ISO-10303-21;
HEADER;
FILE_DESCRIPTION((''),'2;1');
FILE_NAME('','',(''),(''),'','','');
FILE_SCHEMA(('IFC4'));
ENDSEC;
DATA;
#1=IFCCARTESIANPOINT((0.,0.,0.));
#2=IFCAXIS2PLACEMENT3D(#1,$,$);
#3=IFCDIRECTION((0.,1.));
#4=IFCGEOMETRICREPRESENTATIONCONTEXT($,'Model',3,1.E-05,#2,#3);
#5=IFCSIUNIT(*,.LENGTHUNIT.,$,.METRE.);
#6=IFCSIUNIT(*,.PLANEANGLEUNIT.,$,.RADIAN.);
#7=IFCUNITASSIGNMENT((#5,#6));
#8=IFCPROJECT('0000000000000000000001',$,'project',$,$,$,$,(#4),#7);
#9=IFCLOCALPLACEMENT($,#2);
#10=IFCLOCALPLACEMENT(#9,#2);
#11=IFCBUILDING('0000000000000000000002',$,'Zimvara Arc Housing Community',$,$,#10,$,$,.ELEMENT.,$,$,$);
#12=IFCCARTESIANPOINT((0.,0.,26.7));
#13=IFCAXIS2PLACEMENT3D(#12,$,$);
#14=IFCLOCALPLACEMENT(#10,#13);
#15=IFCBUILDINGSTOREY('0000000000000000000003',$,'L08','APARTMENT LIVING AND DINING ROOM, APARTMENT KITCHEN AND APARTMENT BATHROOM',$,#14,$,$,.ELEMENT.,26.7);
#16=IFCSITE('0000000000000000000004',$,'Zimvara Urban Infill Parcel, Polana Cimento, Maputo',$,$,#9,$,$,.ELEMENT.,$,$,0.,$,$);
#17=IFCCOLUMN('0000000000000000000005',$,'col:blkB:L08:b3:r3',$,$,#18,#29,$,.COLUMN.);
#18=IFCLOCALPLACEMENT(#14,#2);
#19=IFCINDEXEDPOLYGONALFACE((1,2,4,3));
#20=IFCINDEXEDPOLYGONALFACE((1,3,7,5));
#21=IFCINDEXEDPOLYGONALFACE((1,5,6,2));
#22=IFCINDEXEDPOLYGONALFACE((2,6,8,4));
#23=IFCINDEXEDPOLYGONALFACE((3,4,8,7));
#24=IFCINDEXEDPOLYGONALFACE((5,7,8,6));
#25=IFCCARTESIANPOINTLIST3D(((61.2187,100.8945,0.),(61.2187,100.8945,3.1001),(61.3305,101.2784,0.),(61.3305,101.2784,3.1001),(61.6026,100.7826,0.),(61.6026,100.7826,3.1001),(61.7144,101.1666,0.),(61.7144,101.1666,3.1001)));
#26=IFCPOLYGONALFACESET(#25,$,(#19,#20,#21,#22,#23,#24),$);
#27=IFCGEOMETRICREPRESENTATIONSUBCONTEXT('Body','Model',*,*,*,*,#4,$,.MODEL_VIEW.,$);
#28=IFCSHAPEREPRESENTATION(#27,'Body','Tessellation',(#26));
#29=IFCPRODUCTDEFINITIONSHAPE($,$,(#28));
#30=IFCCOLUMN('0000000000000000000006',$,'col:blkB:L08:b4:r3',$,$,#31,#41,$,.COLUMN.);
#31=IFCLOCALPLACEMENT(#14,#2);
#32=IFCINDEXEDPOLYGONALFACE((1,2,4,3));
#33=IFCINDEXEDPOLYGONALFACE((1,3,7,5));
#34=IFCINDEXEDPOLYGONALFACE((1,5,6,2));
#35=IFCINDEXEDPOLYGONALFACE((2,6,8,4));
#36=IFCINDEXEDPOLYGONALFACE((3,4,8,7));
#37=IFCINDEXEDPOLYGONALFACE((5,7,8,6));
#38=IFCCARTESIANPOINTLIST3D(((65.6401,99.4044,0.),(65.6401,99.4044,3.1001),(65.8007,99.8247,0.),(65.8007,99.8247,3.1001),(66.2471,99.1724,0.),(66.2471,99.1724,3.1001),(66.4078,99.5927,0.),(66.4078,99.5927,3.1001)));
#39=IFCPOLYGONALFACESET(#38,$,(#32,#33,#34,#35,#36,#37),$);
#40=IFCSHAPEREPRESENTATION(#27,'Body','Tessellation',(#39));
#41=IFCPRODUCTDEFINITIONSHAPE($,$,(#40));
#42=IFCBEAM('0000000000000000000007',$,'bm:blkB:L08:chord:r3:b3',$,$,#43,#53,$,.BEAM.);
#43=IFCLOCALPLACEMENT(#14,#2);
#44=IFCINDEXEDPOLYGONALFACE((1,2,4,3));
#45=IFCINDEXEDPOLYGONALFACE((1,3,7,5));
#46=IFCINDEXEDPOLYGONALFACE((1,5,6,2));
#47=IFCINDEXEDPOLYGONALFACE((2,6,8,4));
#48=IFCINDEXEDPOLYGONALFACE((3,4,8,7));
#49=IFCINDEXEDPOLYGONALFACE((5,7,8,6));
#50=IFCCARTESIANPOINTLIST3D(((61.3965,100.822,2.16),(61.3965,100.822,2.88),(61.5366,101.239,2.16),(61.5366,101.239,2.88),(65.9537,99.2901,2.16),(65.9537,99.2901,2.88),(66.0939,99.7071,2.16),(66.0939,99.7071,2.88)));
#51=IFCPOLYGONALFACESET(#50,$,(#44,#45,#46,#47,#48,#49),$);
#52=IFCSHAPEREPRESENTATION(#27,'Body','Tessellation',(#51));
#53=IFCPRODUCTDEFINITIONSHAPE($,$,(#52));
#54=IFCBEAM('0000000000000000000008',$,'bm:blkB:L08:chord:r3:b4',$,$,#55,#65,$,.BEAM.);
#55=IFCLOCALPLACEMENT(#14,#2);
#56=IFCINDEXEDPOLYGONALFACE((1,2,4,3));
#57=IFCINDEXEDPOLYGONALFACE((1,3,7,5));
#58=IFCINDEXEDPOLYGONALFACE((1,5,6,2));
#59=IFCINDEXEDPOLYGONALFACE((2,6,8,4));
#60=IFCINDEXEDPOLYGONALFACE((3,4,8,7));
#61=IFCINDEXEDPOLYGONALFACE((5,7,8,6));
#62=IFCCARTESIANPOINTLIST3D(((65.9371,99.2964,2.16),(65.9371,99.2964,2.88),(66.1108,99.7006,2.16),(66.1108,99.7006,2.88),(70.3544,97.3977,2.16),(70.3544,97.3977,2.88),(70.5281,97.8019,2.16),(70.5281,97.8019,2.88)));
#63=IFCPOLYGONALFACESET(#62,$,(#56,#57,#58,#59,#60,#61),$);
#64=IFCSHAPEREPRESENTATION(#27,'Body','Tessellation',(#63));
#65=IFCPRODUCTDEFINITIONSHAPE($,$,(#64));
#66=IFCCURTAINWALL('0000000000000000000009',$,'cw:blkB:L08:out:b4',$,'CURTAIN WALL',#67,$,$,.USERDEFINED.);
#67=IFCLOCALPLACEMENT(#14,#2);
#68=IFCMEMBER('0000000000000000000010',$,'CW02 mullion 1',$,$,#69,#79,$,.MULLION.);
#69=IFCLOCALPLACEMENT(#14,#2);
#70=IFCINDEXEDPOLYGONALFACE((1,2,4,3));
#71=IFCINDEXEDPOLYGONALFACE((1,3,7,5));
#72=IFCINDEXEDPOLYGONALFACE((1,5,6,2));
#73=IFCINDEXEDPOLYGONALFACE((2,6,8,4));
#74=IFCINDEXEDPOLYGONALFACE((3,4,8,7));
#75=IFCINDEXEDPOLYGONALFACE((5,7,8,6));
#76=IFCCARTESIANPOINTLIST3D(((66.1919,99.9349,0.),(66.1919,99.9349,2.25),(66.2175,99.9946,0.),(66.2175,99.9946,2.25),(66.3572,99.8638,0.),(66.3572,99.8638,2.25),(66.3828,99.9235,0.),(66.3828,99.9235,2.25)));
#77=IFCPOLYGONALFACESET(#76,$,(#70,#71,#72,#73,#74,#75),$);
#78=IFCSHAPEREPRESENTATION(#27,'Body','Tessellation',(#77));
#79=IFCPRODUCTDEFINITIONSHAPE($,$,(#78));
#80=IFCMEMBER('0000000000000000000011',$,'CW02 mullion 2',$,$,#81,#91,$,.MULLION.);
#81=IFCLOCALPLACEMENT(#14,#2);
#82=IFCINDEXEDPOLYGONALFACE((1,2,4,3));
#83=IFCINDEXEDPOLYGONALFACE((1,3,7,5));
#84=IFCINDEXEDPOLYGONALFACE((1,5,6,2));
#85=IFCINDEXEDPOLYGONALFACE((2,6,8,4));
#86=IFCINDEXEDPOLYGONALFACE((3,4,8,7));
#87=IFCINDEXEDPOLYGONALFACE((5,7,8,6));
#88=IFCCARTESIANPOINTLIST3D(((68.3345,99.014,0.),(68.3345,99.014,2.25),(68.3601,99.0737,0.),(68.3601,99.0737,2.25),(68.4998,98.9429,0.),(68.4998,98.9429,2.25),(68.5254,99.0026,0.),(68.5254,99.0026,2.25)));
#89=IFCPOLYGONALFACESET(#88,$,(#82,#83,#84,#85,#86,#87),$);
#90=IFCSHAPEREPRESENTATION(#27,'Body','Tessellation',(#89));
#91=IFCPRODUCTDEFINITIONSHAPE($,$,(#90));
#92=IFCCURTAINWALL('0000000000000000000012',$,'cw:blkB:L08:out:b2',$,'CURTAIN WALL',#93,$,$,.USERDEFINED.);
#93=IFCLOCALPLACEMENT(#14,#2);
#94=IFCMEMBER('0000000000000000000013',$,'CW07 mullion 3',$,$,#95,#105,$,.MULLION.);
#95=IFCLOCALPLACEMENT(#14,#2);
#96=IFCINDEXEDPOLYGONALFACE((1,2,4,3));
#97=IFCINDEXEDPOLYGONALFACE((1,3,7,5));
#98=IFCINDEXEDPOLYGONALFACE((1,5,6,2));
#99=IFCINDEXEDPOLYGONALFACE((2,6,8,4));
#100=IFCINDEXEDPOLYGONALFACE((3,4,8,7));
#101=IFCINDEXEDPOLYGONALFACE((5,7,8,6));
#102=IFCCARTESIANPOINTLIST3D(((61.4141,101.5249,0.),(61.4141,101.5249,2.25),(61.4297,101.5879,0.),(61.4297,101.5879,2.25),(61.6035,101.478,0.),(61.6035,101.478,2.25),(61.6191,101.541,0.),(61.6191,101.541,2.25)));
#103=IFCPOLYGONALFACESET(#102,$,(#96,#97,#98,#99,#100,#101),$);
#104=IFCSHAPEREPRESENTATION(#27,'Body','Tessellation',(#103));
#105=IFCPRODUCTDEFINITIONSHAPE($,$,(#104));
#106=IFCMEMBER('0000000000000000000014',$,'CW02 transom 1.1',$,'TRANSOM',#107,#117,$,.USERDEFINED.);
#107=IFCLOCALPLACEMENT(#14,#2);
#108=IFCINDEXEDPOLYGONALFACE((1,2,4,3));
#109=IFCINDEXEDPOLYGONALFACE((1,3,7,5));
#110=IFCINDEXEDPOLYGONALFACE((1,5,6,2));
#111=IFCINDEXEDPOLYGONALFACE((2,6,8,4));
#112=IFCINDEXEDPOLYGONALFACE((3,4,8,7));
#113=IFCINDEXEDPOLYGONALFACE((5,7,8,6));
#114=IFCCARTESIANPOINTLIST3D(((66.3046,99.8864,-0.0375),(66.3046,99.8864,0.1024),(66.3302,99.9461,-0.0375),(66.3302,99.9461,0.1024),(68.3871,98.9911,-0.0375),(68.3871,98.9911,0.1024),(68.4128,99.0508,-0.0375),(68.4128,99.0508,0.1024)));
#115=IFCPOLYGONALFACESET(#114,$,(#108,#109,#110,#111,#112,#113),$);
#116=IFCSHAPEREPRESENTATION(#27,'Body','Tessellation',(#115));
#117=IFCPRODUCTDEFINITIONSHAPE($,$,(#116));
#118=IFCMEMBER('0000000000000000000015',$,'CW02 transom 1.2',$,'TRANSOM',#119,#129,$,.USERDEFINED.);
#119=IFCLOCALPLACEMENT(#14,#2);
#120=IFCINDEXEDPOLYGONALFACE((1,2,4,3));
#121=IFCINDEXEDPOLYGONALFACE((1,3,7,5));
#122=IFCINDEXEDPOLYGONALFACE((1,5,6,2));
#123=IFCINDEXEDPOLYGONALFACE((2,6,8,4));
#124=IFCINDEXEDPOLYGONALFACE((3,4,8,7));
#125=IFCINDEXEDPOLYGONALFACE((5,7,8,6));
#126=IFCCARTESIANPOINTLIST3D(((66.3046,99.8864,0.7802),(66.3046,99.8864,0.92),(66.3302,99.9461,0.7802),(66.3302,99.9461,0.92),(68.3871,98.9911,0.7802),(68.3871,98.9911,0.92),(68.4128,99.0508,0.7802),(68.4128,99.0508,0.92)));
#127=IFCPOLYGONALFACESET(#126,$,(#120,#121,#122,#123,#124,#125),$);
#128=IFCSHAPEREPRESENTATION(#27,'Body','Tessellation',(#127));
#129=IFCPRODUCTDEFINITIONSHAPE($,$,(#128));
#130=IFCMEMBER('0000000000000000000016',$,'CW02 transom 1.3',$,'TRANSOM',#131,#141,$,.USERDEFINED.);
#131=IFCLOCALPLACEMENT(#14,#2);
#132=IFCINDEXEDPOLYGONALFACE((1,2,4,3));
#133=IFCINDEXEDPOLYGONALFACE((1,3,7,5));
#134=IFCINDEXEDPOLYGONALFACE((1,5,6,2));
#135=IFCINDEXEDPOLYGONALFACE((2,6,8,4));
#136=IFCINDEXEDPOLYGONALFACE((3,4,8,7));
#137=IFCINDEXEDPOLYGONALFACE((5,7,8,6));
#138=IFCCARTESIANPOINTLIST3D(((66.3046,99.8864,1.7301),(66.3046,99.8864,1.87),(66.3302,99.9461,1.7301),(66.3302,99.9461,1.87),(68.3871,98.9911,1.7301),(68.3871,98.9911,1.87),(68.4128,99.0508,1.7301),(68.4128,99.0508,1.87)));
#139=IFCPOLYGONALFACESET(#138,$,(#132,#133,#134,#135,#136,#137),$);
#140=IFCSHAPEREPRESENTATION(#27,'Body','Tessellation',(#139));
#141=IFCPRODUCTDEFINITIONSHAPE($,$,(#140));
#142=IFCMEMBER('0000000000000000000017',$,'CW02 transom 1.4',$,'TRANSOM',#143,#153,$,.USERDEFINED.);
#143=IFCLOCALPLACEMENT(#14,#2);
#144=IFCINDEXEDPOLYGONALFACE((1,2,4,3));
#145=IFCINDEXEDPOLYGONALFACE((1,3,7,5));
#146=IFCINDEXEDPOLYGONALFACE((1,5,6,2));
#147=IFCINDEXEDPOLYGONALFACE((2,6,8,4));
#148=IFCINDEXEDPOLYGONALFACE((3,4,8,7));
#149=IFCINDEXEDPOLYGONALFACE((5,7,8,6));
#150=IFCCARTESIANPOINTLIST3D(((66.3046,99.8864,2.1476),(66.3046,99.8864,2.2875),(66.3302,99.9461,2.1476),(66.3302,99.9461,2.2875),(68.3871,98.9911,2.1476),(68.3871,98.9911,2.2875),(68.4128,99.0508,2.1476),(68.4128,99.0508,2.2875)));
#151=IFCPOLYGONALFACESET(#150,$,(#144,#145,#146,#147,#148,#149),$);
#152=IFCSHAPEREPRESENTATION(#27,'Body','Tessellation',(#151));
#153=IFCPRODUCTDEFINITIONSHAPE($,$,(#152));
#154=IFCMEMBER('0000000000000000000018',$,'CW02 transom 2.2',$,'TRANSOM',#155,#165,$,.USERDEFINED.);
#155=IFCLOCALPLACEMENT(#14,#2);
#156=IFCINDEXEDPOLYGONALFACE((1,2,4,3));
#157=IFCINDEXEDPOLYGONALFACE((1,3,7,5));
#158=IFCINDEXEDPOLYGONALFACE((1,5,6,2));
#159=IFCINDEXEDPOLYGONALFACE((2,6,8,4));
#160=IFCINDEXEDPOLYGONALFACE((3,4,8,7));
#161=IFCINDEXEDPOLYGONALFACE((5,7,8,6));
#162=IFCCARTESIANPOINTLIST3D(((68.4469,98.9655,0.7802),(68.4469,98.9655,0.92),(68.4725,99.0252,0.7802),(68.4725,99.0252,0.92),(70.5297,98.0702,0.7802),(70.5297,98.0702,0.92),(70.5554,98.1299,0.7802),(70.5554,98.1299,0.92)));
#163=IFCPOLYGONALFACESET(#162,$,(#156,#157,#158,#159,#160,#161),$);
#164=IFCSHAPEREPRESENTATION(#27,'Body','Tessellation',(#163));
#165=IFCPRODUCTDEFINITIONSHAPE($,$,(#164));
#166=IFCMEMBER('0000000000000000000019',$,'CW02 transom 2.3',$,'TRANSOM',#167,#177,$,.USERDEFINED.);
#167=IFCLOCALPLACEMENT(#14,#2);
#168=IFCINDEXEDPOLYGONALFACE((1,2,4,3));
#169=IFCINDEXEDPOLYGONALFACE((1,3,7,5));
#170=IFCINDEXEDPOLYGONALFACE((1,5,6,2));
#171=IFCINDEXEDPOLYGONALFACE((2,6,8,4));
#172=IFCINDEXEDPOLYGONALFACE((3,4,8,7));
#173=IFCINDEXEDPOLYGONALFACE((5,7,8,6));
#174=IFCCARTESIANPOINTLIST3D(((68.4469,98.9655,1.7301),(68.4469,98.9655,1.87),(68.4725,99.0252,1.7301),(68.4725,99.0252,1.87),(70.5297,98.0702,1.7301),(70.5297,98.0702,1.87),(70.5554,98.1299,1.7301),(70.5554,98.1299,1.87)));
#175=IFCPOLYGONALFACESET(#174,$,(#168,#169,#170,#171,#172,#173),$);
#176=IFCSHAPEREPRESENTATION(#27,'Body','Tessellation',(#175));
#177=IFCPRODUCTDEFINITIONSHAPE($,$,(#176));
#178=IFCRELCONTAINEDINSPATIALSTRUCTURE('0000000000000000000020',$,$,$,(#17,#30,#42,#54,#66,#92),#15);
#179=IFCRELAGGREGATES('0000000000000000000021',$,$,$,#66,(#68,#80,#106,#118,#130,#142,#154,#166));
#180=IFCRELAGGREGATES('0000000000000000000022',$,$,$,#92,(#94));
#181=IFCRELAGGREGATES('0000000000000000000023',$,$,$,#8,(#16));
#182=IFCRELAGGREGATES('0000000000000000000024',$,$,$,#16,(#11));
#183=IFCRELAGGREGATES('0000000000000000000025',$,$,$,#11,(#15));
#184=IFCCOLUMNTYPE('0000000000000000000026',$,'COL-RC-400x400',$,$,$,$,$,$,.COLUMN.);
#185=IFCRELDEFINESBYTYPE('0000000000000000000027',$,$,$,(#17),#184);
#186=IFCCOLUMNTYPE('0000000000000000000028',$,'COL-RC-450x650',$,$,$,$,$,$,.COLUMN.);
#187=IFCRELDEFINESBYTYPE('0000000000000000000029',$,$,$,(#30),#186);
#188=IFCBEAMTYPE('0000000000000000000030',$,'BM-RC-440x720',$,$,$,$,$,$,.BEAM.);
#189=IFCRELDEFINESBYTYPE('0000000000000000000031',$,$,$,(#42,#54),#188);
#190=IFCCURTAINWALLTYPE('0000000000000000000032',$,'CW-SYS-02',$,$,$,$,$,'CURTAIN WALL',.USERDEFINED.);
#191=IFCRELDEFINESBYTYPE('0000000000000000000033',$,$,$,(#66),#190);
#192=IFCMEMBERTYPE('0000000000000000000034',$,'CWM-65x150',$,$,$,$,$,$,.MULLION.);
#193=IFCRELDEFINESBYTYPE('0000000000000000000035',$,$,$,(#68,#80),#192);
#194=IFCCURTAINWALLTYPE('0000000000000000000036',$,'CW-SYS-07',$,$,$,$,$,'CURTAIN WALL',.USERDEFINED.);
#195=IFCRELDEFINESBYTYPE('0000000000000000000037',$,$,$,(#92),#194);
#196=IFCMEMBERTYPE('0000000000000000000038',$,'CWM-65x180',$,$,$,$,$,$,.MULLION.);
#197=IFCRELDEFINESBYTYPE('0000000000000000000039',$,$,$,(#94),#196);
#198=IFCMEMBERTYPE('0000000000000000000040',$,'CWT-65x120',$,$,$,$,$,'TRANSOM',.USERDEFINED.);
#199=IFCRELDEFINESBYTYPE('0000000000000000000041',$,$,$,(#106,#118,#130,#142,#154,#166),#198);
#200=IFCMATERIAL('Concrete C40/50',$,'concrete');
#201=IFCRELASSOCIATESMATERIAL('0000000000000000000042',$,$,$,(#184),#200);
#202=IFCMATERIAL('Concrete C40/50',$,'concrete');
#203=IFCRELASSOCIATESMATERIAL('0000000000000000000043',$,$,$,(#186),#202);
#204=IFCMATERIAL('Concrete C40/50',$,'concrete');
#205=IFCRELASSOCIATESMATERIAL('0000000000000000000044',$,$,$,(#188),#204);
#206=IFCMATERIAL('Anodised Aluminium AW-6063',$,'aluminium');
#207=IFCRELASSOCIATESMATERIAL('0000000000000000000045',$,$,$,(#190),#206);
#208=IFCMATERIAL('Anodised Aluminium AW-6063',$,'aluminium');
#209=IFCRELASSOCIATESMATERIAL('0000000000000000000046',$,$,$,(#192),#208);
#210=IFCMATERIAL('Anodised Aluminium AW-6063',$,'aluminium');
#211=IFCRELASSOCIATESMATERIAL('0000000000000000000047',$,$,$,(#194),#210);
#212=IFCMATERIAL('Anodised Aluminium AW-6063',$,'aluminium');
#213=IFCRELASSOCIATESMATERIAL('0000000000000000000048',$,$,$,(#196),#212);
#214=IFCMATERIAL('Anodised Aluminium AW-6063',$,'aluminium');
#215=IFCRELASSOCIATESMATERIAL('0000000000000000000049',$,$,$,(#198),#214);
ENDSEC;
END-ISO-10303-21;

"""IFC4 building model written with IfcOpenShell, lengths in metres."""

from ifc_helpers import new_model, si_unit, direction, frame, origin, origin_2d, place, context, subcontext, project, spatial, rectangle, extrude, material, material_profile, profile_set, type_object, element, aggregate, save


model = new_model("IFC4")

# Units and contexts
model_context = context("Model", 3, precision=1e-05, world=origin(), true_north=direction((0.0, 1.0)))
body_context = subcontext(model_context, "Body", "Model", "MODEL_VIEW")
ifc_project = project(units=[si_unit("LENGTHUNIT", "METRE"), si_unit("PLANEANGLEUNIT", "RADIAN")], contexts=[model_context])

# Site, building, storey
site_placement = place(None, origin())
site = spatial("IfcSite", under=ifc_project, at=site_placement, Name="Zimvara Urban Infill Parcel, Polana Cimento, Maputo", CompositionType="ELEMENT", RefElevation=0.0)
building_placement = place(site_placement, origin())
building = spatial("IfcBuilding", under=site, at=building_placement, Name="Zimvara Arc Housing Community", CompositionType="ELEMENT")
storey_placement = place(building_placement, frame((0.0, 0.0, 26.7)))
storey = spatial("IfcBuildingStorey", under=building, at=storey_placement, Name="L08", Description="APARTMENT LIVING AND DINING ROOM, APARTMENT KITCHEN AND APARTMENT BATHROOM", CompositionType="ELEMENT", Elevation=26.7)

# Columns
ifc_material_1 = material(Name="Concrete C40/50", Category="concrete")
ifc_material_profile_1 = material_profile(ifc_material_1, rectangle(XDim=0.3999, YDim=0.3999, at=origin_2d()), Name="RC 400x400")
ifc_profile_set_1 = profile_set([ifc_material_profile_1], Name="Concrete C40/50")
column_type_1 = type_object("IfcColumnType", Name="COL-RC-400x400", PredefinedType="COLUMN", material=ifc_profile_set_1)
column_1_placement = place(storey_placement, frame((61.4666, 101.0305, 0.0), z_axis=(0.0, 0.0, 1.0), x_axis=(0.279661, 0.960099, 0.0)))
element("IfcColumn", 1, at=column_1_placement, inside=storey, type_object=column_type_1, Name="col:blkB:L08:b3:r3", PredefinedType="COLUMN", context=body_context, shape_type="SweptSolid", body=[
    extrude(rectangle(XDim=0.3999, YDim=0.3999, at=origin_2d()), origin(), (0.0, 0.0, 1.0), 3.1001),
])
ifc_material_2 = material(Name="Concrete C40/50", Category="concrete")
ifc_material_profile_2 = material_profile(ifc_material_2, rectangle(XDim=0.45, YDim=0.6499, at=origin_2d()), Name="RC 450x650")
ifc_profile_set_2 = profile_set([ifc_material_profile_2], Name="Concrete C40/50")
column_type_2 = type_object("IfcColumnType", Name="COL-RC-450x650", PredefinedType="COLUMN", material=ifc_profile_set_2)
column_2_placement = place(storey_placement, frame((66.0239, 99.4985, 0.0), z_axis=(0.0, 0.0, 1.0), x_axis=(0.357064, 0.93408, 0.0)))
element("IfcColumn", 2, at=column_2_placement, inside=storey, type_object=column_type_2, Name="col:blkB:L08:b4:r3", PredefinedType="COLUMN", context=body_context, shape_type="SweptSolid", body=[
    extrude(rectangle(XDim=0.45, YDim=0.6499, at=origin_2d()), origin(), (0.0, 0.0, 1.0), 3.1001),
])

# Beams
ifc_material_3 = material(Name="Concrete C40/50", Category="concrete")
ifc_material_profile_3 = material_profile(ifc_material_3, rectangle(XDim=0.4399, YDim=0.72, at=origin_2d()), Name="RC 440x720")
ifc_profile_set_3 = profile_set([ifc_material_profile_3], Name="Concrete C40/50")
beam_type = type_object("IfcBeamType", Name="BM-RC-440x720", PredefinedType="BEAM", material=ifc_profile_set_3)
beam_1_placement = place(storey_placement, frame((61.4666, 101.0305, 2.52), z_axis=(0.947878, -0.318634, 0.0), x_axis=(0.318634, 0.947878, 0.0)))
element("IfcBeam", 3, at=beam_1_placement, inside=storey, type_object=beam_type, Name="bm:blkB:L08:chord:r3:b3", PredefinedType="BEAM", context=body_context, shape_type="SweptSolid", body=[
    extrude(rectangle(XDim=0.4399, YDim=0.72, at=origin_2d()), origin(), (0.0, 0.0, 1.0), 4.8079),
])
beam_2_placement = place(storey_placement, frame((66.0239, 99.4985, 2.52), z_axis=(0.918724, -0.3949, 0.0), x_axis=(0.3949, 0.918724, 0.0)))
element("IfcBeam", 4, at=beam_2_placement, inside=storey, type_object=beam_type, Name="bm:blkB:L08:chord:r3:b4", PredefinedType="BEAM", context=body_context, shape_type="SweptSolid", body=[
    extrude(rectangle(XDim=0.4399, YDim=0.72, at=origin_2d()), origin(), (0.0, 0.0, 1.0), 4.8081),
])

# Curtain wall, members
ifc_material_4 = material(Name="Anodised Aluminium AW-6063", Category="aluminium")
curtain_wall_type_1 = type_object("IfcCurtainWallType", Name="CW-SYS-02", ElementType="CURTAIN WALL", PredefinedType="USERDEFINED", material=ifc_material_4)
curtain_wall_1_placement = place(storey_placement, origin())
curtain_wall_1 = element("IfcCurtainWall", 5, at=curtain_wall_1_placement, inside=storey, type_object=curtain_wall_type_1, Name="cw:blkB:L08:out:b4", ObjectType="CURTAIN WALL", PredefinedType="USERDEFINED")
ifc_material_5 = material(Name="Anodised Aluminium AW-6063", Category="aluminium")
ifc_material_profile_4 = material_profile(ifc_material_5, rectangle(XDim=0.0649, YDim=0.1799, at=origin_2d()), Name="ALU 65x180")
ifc_profile_set_4 = profile_set([ifc_material_profile_4], Name="Anodised Aluminium AW-6063")
member_type_1 = type_object("IfcMemberType", Name="CWM-65x150", PredefinedType="MULLION", material=ifc_profile_set_4)
member_1_placement = place(storey_placement, frame((66.2874, 99.9292, 0.0), z_axis=(0.0, 0.0, 1.0), x_axis=(0.394904, 0.918722, 0.0)))
member_1 = element("IfcMember", 6, at=member_1_placement, type_object=member_type_1, Name="CW02 mullion 1", PredefinedType="MULLION", context=body_context, shape_type="SweptSolid", body=[
    extrude(rectangle(XDim=0.0649, YDim=0.1799, at=origin_2d()), origin(), (0.0, 0.0, 1.0), 2.25),
])
member_2_placement = place(storey_placement, frame((68.4299, 99.0083, 0.0), z_axis=(0.0, 0.0, 1.0), x_axis=(0.394904, 0.918722, 0.0)))
member_2 = element("IfcMember", 7, at=member_2_placement, type_object=member_type_1, Name="CW02 mullion 2", PredefinedType="MULLION", context=body_context, shape_type="SweptSolid", body=[
    extrude(rectangle(XDim=0.0649, YDim=0.1799, at=origin_2d()), origin(), (0.0, 0.0, 1.0), 2.25),
])

# Curtain wall, member
ifc_material_6 = material(Name="Anodised Aluminium AW-6063", Category="aluminium")
curtain_wall_type_2 = type_object("IfcCurtainWallType", Name="CW-SYS-07", ElementType="CURTAIN WALL", PredefinedType="USERDEFINED", material=ifc_material_6)
curtain_wall_2_placement = place(storey_placement, origin())
curtain_wall_2 = element("IfcCurtainWall", 8, at=curtain_wall_2_placement, inside=storey, type_object=curtain_wall_type_2, Name="cw:blkB:L08:out:b2", ObjectType="CURTAIN WALL", PredefinedType="USERDEFINED")
ifc_material_7 = material(Name="Anodised Aluminium AW-6063", Category="aluminium")
ifc_material_profile_5 = material_profile(ifc_material_7, rectangle(XDim=0.0649, YDim=0.1951, at=origin_2d()), Name="ALU 65x195")
ifc_profile_set_5 = profile_set([ifc_material_profile_5], Name="Anodised Aluminium AW-6063")
member_type_2 = type_object("IfcMemberType", Name="CWM-65x180", PredefinedType="MULLION", material=ifc_profile_set_5)
member_3_placement = place(storey_placement, frame((61.5166, 101.533, 0.0), z_axis=(0.0, 0.0, 1.0), x_axis=(0.24023, 0.970716, 0.0)))
member_3 = element("IfcMember", 9, at=member_3_placement, type_object=member_type_2, Name="CW07 mullion 3", PredefinedType="MULLION", context=body_context, shape_type="SweptSolid", body=[
    extrude(rectangle(XDim=0.0649, YDim=0.1951, at=origin_2d()), origin(), (0.0, 0.0, 1.0), 2.25),
])

# Members
ifc_material_8 = material(Name="Anodised Aluminium AW-6063", Category="aluminium")
ifc_material_profile_6 = material_profile(ifc_material_8, rectangle(XDim=0.0649, YDim=0.1399, at=origin_2d()), Name="ALU 65x140")
ifc_profile_set_6 = profile_set([ifc_material_profile_6], Name="Anodised Aluminium AW-6063")
member_type_3 = type_object("IfcMemberType", Name="CWT-65x120", ElementType="TRANSOM", PredefinedType="USERDEFINED", material=ifc_profile_set_6)
member_4_placement = place(storey_placement, frame((66.3174, 99.9163, 0.0325), z_axis=(0.918704, -0.394946, 0.0), x_axis=(0.394946, 0.918704, 0.0)))
member_4 = element("IfcMember", 10, at=member_4_placement, type_object=member_type_3, Name="CW02 transom 1.1", ObjectType="TRANSOM", PredefinedType="USERDEFINED", context=body_context, shape_type="SweptSolid", body=[
    extrude(rectangle(XDim=0.0649, YDim=0.1399, at=origin_2d()), origin(), (0.0, 0.0, 1.0), 2.2668),
])
member_5_placement = place(storey_placement, frame((66.3174, 99.9163, 0.8501), z_axis=(0.918704, -0.394946, 0.0), x_axis=(0.394946, 0.918704, 0.0)))
member_5 = element("IfcMember", 11, at=member_5_placement, type_object=member_type_3, Name="CW02 transom 1.2", ObjectType="TRANSOM", PredefinedType="USERDEFINED", context=body_context, shape_type="SweptSolid", body=[
    extrude(rectangle(XDim=0.0649, YDim=0.1399, at=origin_2d()), origin(), (0.0, 0.0, 1.0), 2.2668),
])
member_6_placement = place(storey_placement, frame((66.3174, 99.9163, 1.8), z_axis=(0.918704, -0.394946, 0.0), x_axis=(0.394946, 0.918704, 0.0)))
member_6 = element("IfcMember", 12, at=member_6_placement, type_object=member_type_3, Name="CW02 transom 1.3", ObjectType="TRANSOM", PredefinedType="USERDEFINED", context=body_context, shape_type="SweptSolid", body=[
    extrude(rectangle(XDim=0.0649, YDim=0.1399, at=origin_2d()), origin(), (0.0, 0.0, 1.0), 2.2668),
])
member_7_placement = place(storey_placement, frame((66.3174, 99.9163, 2.2175), z_axis=(0.918704, -0.394946, 0.0), x_axis=(0.394946, 0.918704, 0.0)))
member_7 = element("IfcMember", 13, at=member_7_placement, type_object=member_type_3, Name="CW02 transom 1.4", ObjectType="TRANSOM", PredefinedType="USERDEFINED", context=body_context, shape_type="SweptSolid", body=[
    extrude(rectangle(XDim=0.0649, YDim=0.1399, at=origin_2d()), origin(), (0.0, 0.0, 1.0), 2.2668),
])
member_8_placement = place(storey_placement, frame((68.4597, 98.9954, 0.8501), z_axis=(0.918721, -0.394907, 0.0), x_axis=(0.394907, 0.918721, 0.0)))
member_8 = element("IfcMember", 14, at=member_8_placement, type_object=member_type_3, Name="CW02 transom 2.2", ObjectType="TRANSOM", PredefinedType="USERDEFINED", context=body_context, shape_type="SweptSolid", body=[
    extrude(rectangle(XDim=0.0649, YDim=0.1399, at=origin_2d()), origin(), (0.0, 0.0, 1.0), 2.2671),
])
member_9_placement = place(storey_placement, frame((68.4597, 98.9954, 1.8), z_axis=(0.918721, -0.394907, 0.0), x_axis=(0.394907, 0.918721, 0.0)))
member_9 = element("IfcMember", 15, at=member_9_placement, type_object=member_type_3, Name="CW02 transom 2.3", ObjectType="TRANSOM", PredefinedType="USERDEFINED", context=body_context, shape_type="SweptSolid", body=[
    extrude(rectangle(XDim=0.0649, YDim=0.1399, at=origin_2d()), origin(), (0.0, 0.0, 1.0), 2.2671),
])

aggregate(curtain_wall_1, [member_1, member_2, member_4, member_5, member_6, member_7, member_8, member_9])
aggregate(curtain_wall_2, [member_3])

save(model, "model.ifc")
